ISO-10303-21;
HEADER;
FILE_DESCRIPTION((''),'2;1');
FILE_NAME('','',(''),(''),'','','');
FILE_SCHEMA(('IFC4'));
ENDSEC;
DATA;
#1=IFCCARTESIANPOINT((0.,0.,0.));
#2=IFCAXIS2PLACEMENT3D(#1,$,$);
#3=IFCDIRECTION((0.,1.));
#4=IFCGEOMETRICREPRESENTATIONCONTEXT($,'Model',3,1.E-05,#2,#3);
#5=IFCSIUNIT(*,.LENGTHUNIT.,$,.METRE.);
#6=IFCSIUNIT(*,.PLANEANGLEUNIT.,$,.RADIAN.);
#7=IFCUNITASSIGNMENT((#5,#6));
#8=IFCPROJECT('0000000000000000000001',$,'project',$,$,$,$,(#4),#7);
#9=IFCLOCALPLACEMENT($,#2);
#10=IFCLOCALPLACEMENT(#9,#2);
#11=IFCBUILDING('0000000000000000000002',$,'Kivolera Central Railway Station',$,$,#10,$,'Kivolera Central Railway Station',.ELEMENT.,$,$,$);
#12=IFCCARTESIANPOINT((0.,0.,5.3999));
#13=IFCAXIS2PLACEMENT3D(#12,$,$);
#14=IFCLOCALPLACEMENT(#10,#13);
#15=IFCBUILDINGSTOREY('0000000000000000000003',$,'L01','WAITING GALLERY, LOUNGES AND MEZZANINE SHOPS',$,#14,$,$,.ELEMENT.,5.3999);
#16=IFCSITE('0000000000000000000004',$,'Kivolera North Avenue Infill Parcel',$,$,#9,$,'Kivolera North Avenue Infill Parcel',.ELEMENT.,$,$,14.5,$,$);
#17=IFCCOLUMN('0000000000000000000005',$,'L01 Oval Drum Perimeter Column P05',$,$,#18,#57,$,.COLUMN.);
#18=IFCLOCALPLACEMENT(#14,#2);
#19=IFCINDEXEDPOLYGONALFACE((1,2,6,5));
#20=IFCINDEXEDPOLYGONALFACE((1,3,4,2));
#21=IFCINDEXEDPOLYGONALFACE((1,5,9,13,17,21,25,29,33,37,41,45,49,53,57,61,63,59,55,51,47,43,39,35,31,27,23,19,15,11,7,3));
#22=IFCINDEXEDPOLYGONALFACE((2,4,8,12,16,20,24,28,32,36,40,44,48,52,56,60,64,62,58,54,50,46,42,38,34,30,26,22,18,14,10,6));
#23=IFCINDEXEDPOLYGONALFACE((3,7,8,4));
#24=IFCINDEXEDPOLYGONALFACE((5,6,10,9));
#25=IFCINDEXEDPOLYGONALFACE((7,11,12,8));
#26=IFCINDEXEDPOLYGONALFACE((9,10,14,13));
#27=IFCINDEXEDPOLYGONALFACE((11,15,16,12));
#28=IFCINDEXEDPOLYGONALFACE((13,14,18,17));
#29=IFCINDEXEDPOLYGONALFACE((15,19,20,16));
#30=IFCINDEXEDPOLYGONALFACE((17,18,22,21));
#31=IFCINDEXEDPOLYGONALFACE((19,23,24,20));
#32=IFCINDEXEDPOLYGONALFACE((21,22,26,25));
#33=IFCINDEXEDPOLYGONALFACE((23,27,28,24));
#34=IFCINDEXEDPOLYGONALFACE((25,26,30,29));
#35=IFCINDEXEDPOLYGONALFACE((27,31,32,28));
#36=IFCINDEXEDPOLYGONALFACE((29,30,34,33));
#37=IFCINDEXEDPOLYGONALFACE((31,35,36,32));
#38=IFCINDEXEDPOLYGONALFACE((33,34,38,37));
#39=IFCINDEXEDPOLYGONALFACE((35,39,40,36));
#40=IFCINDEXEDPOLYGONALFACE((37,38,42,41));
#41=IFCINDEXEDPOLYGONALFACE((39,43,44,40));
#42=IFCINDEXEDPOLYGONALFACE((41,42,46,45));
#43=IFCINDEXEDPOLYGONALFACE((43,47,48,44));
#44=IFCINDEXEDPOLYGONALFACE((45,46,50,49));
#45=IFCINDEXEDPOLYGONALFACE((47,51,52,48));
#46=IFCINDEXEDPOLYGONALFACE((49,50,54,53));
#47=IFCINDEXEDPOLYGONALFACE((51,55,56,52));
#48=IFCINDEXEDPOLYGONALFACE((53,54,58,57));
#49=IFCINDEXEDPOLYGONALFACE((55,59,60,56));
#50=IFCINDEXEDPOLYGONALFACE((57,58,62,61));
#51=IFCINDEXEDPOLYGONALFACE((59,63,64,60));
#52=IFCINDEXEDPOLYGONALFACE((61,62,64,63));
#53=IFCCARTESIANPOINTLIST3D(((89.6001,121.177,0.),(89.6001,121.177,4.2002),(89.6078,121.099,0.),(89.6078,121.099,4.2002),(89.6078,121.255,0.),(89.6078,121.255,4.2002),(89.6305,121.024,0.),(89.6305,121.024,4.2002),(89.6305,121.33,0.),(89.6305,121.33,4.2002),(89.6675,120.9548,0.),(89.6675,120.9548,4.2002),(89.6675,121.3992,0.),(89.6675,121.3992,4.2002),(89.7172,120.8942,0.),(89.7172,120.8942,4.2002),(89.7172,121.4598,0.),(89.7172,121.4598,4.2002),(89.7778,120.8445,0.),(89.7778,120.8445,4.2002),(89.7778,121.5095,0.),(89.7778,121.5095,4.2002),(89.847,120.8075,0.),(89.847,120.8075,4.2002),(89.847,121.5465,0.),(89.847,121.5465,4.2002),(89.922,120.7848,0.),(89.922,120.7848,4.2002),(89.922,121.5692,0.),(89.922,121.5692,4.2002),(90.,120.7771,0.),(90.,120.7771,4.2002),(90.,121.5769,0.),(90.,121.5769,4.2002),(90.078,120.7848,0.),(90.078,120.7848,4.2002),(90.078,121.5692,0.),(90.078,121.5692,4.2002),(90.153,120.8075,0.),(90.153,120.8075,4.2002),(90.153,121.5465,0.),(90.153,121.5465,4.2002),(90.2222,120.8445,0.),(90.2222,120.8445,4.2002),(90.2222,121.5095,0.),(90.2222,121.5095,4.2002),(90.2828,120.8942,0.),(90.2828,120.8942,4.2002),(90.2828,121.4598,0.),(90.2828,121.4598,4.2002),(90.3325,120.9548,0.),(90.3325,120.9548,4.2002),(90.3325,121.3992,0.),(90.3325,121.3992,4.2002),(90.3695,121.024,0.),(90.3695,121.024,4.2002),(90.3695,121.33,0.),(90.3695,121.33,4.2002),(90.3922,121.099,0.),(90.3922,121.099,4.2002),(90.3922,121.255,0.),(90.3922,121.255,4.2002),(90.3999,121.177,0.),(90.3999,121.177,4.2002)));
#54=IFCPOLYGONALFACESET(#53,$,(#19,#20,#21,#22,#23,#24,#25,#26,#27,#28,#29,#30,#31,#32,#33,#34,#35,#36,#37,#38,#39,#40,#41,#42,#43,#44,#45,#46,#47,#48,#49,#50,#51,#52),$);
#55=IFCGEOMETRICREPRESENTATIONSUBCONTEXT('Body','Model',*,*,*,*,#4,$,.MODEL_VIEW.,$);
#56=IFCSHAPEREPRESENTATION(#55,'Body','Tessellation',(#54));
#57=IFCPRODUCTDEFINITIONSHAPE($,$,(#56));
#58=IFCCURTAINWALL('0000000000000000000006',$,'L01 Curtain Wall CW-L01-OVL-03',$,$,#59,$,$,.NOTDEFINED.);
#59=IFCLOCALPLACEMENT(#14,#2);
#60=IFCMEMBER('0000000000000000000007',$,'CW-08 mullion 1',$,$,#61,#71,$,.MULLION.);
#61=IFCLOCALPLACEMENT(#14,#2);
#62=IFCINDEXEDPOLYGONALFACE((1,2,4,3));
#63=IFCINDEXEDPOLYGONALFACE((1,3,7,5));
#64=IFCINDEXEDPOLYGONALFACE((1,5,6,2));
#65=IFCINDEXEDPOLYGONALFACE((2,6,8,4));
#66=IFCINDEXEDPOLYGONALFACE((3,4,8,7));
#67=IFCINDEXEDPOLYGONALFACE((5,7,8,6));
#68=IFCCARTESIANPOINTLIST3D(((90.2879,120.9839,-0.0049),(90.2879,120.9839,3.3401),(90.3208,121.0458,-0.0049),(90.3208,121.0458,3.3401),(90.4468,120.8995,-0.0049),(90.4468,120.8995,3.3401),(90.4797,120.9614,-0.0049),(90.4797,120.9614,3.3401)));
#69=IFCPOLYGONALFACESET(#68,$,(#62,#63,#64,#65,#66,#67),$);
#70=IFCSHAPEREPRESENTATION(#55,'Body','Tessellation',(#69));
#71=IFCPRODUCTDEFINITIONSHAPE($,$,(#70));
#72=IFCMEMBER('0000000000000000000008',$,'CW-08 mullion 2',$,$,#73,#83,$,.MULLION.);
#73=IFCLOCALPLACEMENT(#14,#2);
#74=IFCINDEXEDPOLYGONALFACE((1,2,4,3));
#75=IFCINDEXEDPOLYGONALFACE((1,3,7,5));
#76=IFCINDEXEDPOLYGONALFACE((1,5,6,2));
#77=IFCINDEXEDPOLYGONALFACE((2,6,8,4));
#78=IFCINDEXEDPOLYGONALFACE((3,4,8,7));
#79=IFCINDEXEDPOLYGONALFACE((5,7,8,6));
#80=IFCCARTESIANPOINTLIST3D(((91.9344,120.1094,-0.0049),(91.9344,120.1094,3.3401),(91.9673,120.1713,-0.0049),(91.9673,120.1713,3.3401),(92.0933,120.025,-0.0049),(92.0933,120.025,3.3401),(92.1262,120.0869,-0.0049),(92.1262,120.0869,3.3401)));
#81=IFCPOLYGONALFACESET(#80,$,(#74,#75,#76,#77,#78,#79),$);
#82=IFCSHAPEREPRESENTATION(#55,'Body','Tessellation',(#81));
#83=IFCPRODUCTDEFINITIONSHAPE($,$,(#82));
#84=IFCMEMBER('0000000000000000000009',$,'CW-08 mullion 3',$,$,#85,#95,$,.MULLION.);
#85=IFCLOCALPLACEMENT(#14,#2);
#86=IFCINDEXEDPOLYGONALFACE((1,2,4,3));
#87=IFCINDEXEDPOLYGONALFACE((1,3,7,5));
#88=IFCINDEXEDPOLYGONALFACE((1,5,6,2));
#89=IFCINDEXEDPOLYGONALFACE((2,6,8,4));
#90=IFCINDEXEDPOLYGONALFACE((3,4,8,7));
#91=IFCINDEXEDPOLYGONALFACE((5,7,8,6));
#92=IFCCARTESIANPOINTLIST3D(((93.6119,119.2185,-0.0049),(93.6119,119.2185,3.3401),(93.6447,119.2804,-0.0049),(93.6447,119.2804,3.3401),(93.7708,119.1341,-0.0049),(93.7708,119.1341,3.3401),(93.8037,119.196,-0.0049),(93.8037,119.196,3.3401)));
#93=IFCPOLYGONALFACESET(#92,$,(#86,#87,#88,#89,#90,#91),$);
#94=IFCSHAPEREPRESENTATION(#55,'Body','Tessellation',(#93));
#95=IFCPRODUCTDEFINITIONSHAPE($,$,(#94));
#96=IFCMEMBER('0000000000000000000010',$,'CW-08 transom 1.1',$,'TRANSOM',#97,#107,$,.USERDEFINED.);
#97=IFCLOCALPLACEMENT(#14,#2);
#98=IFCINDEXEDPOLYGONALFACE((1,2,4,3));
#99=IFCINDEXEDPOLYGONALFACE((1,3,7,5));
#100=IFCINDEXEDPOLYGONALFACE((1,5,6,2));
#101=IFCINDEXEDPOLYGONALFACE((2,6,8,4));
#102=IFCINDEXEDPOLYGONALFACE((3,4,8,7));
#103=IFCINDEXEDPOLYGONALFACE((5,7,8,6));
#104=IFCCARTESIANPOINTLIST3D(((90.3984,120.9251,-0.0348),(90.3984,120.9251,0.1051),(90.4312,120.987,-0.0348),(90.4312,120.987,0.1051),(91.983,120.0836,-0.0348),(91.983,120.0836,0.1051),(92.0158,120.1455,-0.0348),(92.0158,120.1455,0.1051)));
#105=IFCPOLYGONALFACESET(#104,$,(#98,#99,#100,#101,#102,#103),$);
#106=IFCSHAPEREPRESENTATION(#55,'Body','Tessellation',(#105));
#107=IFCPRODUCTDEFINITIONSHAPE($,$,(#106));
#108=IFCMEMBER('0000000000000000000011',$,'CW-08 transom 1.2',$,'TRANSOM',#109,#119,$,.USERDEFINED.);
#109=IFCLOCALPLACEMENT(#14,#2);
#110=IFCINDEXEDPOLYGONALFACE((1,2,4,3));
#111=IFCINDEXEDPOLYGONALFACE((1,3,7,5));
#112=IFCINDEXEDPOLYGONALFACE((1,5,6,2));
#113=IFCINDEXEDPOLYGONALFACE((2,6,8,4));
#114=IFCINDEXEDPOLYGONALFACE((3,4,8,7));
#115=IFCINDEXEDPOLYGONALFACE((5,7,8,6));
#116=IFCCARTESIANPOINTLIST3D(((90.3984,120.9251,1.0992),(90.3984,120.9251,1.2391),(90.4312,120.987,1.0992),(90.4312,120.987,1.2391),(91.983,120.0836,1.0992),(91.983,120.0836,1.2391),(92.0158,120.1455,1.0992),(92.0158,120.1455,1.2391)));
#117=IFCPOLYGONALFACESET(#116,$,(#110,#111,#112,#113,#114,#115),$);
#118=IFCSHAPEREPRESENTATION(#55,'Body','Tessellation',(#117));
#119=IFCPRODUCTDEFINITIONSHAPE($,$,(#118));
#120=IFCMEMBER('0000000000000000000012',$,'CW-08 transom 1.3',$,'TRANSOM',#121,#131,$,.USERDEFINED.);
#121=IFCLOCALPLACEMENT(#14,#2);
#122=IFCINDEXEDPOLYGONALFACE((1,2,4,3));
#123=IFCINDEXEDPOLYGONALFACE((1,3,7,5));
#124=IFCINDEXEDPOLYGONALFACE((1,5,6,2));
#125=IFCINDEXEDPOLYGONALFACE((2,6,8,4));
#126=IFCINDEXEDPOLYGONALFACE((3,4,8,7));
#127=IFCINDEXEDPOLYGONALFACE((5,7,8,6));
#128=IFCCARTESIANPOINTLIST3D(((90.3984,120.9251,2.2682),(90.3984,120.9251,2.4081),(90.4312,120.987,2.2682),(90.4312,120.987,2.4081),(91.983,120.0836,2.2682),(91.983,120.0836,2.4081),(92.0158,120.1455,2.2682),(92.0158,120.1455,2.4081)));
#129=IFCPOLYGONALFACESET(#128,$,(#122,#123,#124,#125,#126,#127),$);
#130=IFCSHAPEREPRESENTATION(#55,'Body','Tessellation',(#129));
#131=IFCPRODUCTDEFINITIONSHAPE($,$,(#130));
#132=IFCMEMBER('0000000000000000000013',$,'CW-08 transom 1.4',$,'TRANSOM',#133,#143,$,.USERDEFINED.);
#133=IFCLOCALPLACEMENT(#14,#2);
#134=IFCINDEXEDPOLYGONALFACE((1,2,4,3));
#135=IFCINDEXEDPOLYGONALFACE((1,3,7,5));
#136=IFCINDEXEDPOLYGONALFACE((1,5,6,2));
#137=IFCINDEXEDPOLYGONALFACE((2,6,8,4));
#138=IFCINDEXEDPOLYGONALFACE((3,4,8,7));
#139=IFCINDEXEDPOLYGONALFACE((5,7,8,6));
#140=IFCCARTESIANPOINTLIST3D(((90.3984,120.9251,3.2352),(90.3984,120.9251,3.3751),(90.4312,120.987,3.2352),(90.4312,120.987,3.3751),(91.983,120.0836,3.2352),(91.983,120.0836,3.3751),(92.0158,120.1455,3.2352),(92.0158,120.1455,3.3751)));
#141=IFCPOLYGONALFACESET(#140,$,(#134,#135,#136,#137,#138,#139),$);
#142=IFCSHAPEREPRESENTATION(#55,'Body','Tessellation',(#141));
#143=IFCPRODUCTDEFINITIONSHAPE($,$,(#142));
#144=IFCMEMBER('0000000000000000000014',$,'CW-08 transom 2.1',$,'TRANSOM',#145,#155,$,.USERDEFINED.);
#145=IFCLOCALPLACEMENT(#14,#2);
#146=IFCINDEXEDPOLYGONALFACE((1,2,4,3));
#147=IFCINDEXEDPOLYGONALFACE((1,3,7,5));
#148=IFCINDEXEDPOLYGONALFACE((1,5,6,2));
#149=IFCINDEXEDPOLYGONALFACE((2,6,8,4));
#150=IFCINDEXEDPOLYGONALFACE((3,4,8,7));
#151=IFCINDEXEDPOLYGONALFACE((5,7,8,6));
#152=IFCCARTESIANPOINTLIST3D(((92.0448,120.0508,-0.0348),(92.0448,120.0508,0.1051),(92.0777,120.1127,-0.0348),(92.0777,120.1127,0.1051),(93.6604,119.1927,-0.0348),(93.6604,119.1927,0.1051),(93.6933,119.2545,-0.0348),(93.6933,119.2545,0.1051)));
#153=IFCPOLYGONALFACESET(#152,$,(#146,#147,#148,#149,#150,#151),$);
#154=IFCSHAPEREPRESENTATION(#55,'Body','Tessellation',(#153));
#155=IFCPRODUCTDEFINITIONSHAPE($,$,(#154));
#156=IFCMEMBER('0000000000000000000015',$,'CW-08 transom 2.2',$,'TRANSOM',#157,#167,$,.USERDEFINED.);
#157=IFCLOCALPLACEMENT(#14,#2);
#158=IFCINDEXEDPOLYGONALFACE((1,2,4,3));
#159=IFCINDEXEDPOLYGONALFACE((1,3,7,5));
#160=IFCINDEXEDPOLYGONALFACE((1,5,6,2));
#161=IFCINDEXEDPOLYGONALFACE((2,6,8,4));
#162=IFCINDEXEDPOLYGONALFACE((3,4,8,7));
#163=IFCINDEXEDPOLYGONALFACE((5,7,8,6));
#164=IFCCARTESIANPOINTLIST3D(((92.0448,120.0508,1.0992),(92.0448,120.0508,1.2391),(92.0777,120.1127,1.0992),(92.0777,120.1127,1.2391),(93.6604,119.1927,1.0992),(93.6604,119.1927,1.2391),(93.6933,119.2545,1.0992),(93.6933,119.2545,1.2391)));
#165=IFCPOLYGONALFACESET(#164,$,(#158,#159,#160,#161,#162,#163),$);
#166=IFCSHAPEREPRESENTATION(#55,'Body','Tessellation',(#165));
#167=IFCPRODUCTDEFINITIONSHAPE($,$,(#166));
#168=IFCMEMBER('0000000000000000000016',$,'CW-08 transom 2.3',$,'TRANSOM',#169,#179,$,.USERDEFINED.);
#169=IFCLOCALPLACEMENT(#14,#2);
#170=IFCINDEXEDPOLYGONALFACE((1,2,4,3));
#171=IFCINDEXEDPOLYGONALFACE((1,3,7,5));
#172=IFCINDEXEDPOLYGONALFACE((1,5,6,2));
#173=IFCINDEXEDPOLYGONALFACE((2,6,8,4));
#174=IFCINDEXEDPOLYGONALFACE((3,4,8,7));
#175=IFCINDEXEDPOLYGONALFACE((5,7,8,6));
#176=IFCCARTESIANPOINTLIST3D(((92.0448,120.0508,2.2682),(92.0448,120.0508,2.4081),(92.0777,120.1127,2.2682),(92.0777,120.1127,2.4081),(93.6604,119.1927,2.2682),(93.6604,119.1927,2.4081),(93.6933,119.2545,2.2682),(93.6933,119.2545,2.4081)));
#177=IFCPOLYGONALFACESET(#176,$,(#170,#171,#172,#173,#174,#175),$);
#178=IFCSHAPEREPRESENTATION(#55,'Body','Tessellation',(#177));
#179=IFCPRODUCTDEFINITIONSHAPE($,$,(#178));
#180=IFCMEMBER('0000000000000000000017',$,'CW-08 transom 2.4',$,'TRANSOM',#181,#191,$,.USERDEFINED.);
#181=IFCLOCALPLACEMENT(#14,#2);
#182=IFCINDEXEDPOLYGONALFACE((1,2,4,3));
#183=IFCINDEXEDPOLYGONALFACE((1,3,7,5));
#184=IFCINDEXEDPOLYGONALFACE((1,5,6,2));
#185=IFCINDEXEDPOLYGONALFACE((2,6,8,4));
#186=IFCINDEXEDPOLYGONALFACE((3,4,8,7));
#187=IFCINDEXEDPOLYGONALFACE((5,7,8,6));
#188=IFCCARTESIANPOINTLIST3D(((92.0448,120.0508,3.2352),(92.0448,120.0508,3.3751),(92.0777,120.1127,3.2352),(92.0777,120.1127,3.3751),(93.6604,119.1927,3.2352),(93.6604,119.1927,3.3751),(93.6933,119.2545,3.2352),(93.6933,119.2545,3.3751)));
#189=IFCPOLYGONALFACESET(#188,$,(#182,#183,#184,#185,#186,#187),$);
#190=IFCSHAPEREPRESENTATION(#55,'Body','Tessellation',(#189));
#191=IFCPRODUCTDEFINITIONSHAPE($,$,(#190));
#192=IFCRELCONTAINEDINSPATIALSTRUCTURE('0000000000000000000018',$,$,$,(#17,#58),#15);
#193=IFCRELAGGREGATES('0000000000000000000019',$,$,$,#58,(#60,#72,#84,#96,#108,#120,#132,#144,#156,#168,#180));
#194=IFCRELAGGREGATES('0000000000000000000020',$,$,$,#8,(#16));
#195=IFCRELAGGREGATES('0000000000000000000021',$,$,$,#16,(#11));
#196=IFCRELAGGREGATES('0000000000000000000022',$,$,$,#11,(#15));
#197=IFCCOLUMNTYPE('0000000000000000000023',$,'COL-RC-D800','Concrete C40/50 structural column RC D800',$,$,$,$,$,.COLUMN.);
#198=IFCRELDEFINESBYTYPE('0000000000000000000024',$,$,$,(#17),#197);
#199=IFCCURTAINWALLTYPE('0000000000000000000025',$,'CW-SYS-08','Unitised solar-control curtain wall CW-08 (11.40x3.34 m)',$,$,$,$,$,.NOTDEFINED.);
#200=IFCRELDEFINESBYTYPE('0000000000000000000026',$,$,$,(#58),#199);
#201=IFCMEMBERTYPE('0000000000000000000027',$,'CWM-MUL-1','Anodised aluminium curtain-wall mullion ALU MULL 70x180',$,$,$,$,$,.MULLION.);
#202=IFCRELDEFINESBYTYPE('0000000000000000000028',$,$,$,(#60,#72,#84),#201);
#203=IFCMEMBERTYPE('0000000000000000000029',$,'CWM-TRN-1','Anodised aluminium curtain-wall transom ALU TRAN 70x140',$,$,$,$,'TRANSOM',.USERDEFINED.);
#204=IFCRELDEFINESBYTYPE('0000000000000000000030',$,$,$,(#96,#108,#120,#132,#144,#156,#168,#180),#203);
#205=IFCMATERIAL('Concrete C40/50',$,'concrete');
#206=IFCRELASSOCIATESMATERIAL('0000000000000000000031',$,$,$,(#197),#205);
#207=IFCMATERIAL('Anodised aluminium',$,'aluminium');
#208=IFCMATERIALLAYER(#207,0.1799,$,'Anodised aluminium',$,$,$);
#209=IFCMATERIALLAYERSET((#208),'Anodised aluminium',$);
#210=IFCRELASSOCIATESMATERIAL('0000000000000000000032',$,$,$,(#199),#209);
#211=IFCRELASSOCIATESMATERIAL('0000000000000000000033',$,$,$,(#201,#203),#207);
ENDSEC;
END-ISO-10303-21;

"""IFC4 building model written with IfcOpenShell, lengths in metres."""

from ifc_helpers import new_model, si_unit, direction, frame, origin, origin_2d, place, context, subcontext, project, spatial, rectangle, circle, extrude, material, layer, layer_set, material_profile, profile_set, type_object, element, aggregate, save


model = new_model("IFC4")

# Units and contexts
model_context = context("Model", 3, precision=1e-05, world=origin(), true_north=direction((0.0, 1.0)))
body_context = subcontext(model_context, "Body", "Model", "MODEL_VIEW")
ifc_project = project(units=[si_unit("LENGTHUNIT", "METRE"), si_unit("PLANEANGLEUNIT", "RADIAN")], contexts=[model_context])

# Site, building, storey
site_placement = place(None, origin())
site = spatial("IfcSite", under=ifc_project, at=site_placement, Name="Kivolera North Avenue Infill Parcel", LongName="Kivolera North Avenue Infill Parcel", CompositionType="ELEMENT", RefElevation=14.5)
building_placement = place(site_placement, origin())
building = spatial("IfcBuilding", under=site, at=building_placement, Name="Kivolera Central Railway Station", LongName="Kivolera Central Railway Station", CompositionType="ELEMENT")
storey_placement = place(building_placement, frame((0.0, 0.0, 5.3999)))
storey = spatial("IfcBuildingStorey", under=building, at=storey_placement, Name="L01", Description="WAITING GALLERY, LOUNGES AND MEZZANINE SHOPS", CompositionType="ELEMENT", Elevation=5.3999)

# Column
ifc_material_1 = material(Name="Concrete C40/50", Category="concrete")
ifc_material_profile_1 = material_profile(ifc_material_1, circle(Radius=0.3999, at=origin_2d()), Name="RC D800")
ifc_profile_set_1 = profile_set([ifc_material_profile_1], Name="Concrete C40/50")
column_type = type_object("IfcColumnType", Name="COL-RC-D800", Description="Concrete C40/50 structural column RC D800", PredefinedType="COLUMN", material=ifc_profile_set_1)
column_placement = place(storey_placement, frame((90.0, 121.177, 0.0), z_axis=(0.0, 0.0, 1.0), x_axis=(1.0, 0.0, 0.0)))
element("IfcColumn", 1, at=column_placement, inside=storey, type_object=column_type, Name="L01 Oval Drum Perimeter Column P05", PredefinedType="COLUMN", context=body_context, shape_type="SweptSolid", body=[
    extrude(circle(Radius=0.3999, at=origin_2d()), origin(), (0.0, 0.0, 1.0), 4.2002),
])

# Curtain wall, members
ifc_material_2 = material(Name="Anodised aluminium", Category="aluminium")
ifc_layer_1 = layer(ifc_material_2, 0.1799, Name="Anodised aluminium")
ifc_layer_set_1 = layer_set([ifc_layer_1], Name="Anodised aluminium")
curtain_wall_type = type_object("IfcCurtainWallType", Name="CW-SYS-08", Description="Unitised solar-control curtain wall CW-08 (11.40x3.34 m)", PredefinedType="NOTDEFINED", material=ifc_layer_set_1)
curtain_wall_placement = place(storey_placement, origin())
curtain_wall = element("IfcCurtainWall", 2, at=curtain_wall_placement, inside=storey, type_object=curtain_wall_type, Name="L01 Curtain Wall CW-L01-OVL-03", PredefinedType="NOTDEFINED")
ifc_material_profile_2 = material_profile(ifc_material_2, rectangle(XDim=0.0701, YDim=0.1799, at=origin_2d()), Name="ALU MULL 70x180")
ifc_profile_set_2 = profile_set([ifc_material_profile_2], Name="Anodised aluminium")
member_type_1 = type_object("IfcMemberType", Name="CWM-MUL-1", Description="Anodised aluminium curtain-wall mullion ALU MULL 70x180", PredefinedType="MULLION", material=ifc_profile_set_2)
member_1_placement = place(storey_placement, frame((90.3838, 120.9727, -0.0049), z_axis=(0.0, 0.0, 1.0), x_axis=(0.469053, 0.88317, 0.0)))
member_1 = element("IfcMember", 3, at=member_1_placement, type_object=member_type_1, Name="CW-08 mullion 1", PredefinedType="MULLION", context=body_context, shape_type="SweptSolid", body=[
    extrude(rectangle(XDim=0.0701, YDim=0.1799, at=origin_2d()), origin(), (0.0, 0.0, 1.0), 3.345),
])
member_2_placement = place(storey_placement, frame((92.0303, 120.0981, -0.0049), z_axis=(0.0, 0.0, 1.0), x_axis=(0.469053, 0.88317, 0.0)))
member_2 = element("IfcMember", 4, at=member_2_placement, type_object=member_type_1, Name="CW-08 mullion 2", PredefinedType="MULLION", context=body_context, shape_type="SweptSolid", body=[
    extrude(rectangle(XDim=0.0701, YDim=0.1799, at=origin_2d()), origin(), (0.0, 0.0, 1.0), 3.345),
])
member_3_placement = place(storey_placement, frame((93.7078, 119.2073, -0.0049), z_axis=(0.0, 0.0, 1.0), x_axis=(0.469053, 0.88317, 0.0)))
member_3 = element("IfcMember", 5, at=member_3_placement, type_object=member_type_1, Name="CW-08 mullion 3", PredefinedType="MULLION", context=body_context, shape_type="SweptSolid", body=[
    extrude(rectangle(XDim=0.0701, YDim=0.1799, at=origin_2d()), origin(), (0.0, 0.0, 1.0), 3.345),
])
ifc_material_profile_3 = material_profile(ifc_material_2, rectangle(XDim=0.0701, YDim=0.1399, at=origin_2d()), Name="ALU TRAN 70x140")
ifc_profile_set_3 = profile_set([ifc_material_profile_3], Name="Anodised aluminium")
member_type_2 = type_object("IfcMemberType", Name="CWM-TRN-1", Description="Anodised aluminium curtain-wall transom ALU TRAN 70x140", ElementType="TRANSOM", PredefinedType="USERDEFINED", material=ifc_profile_set_3)
member_4_placement = place(storey_placement, frame((90.4148, 120.9561, 0.0352), z_axis=(0.883191, -0.469013, 0.0), x_axis=(0.469013, 0.883191, 0.0)))
member_4 = element("IfcMember", 6, at=member_4_placement, type_object=member_type_2, Name="CW-08 transom 1.1", ObjectType="TRANSOM", PredefinedType="USERDEFINED", context=body_context, shape_type="SweptSolid", body=[
    extrude(rectangle(XDim=0.0701, YDim=0.1399, at=origin_2d()), origin(), (0.0, 0.0, 1.0), 1.7942),
])
member_5_placement = place(storey_placement, frame((90.4148, 120.9561, 1.1692), z_axis=(0.883191, -0.469013, 0.0), x_axis=(0.469013, 0.883191, 0.0)))
member_5 = element("IfcMember", 7, at=member_5_placement, type_object=member_type_2, Name="CW-08 transom 1.2", ObjectType="TRANSOM", PredefinedType="USERDEFINED", context=body_context, shape_type="SweptSolid", body=[
    extrude(rectangle(XDim=0.0701, YDim=0.1399, at=origin_2d()), origin(), (0.0, 0.0, 1.0), 1.7942),
])
member_6_placement = place(storey_placement, frame((90.4148, 120.9561, 2.3381), z_axis=(0.883191, -0.469013, 0.0), x_axis=(0.469013, 0.883191, 0.0)))
member_6 = element("IfcMember", 8, at=member_6_placement, type_object=member_type_2, Name="CW-08 transom 1.3", ObjectType="TRANSOM", PredefinedType="USERDEFINED", context=body_context, shape_type="SweptSolid", body=[
    extrude(rectangle(XDim=0.0701, YDim=0.1399, at=origin_2d()), origin(), (0.0, 0.0, 1.0), 1.7942),
])
member_7_placement = place(storey_placement, frame((90.4148, 120.9561, 3.3052), z_axis=(0.883191, -0.469013, 0.0), x_axis=(0.469013, 0.883191, 0.0)))
member_7 = element("IfcMember", 9, at=member_7_placement, type_object=member_type_2, Name="CW-08 transom 1.4", ObjectType="TRANSOM", PredefinedType="USERDEFINED", context=body_context, shape_type="SweptSolid", body=[
    extrude(rectangle(XDim=0.0701, YDim=0.1399, at=origin_2d()), origin(), (0.0, 0.0, 1.0), 1.7942),
])
member_8_placement = place(storey_placement, frame((92.0613, 120.0818, 0.0352), z_axis=(0.883131, -0.469126, 0.0), x_axis=(0.469126, 0.883131, 0.0)))
member_8 = element("IfcMember", 10, at=member_8_placement, type_object=member_type_2, Name="CW-08 transom 2.1", ObjectType="TRANSOM", PredefinedType="USERDEFINED", context=body_context, shape_type="SweptSolid", body=[
    extrude(rectangle(XDim=0.0701, YDim=0.1399, at=origin_2d()), origin(), (0.0, 0.0, 1.0), 1.8293),
])
member_9_placement = place(storey_placement, frame((92.0613, 120.0818, 1.1692), z_axis=(0.883131, -0.469126, 0.0), x_axis=(0.469126, 0.883131, 0.0)))
member_9 = element("IfcMember", 11, at=member_9_placement, type_object=member_type_2, Name="CW-08 transom 2.2", ObjectType="TRANSOM", PredefinedType="USERDEFINED", context=body_context, shape_type="SweptSolid", body=[
    extrude(rectangle(XDim=0.0701, YDim=0.1399, at=origin_2d()), origin(), (0.0, 0.0, 1.0), 1.8293),
])
member_10_placement = place(storey_placement, frame((92.0613, 120.0818, 2.3381), z_axis=(0.883131, -0.469126, 0.0), x_axis=(0.469126, 0.883131, 0.0)))
member_10 = element("IfcMember", 12, at=member_10_placement, type_object=member_type_2, Name="CW-08 transom 2.3", ObjectType="TRANSOM", PredefinedType="USERDEFINED", context=body_context, shape_type="SweptSolid", body=[
    extrude(rectangle(XDim=0.0701, YDim=0.1399, at=origin_2d()), origin(), (0.0, 0.0, 1.0), 1.8293),
])
member_11_placement = place(storey_placement, frame((92.0613, 120.0818, 3.3052), z_axis=(0.883131, -0.469126, 0.0), x_axis=(0.469126, 0.883131, 0.0)))
member_11 = element("IfcMember", 13, at=member_11_placement, type_object=member_type_2, Name="CW-08 transom 2.4", ObjectType="TRANSOM", PredefinedType="USERDEFINED", context=body_context, shape_type="SweptSolid", body=[
    extrude(rectangle(XDim=0.0701, YDim=0.1399, at=origin_2d()), origin(), (0.0, 0.0, 1.0), 1.8293),
])
aggregate(curtain_wall, [member_1, member_2, member_3, member_4, member_5, member_6, member_7, member_8, member_9, member_10, member_11])

save(model, "model.ifc")
